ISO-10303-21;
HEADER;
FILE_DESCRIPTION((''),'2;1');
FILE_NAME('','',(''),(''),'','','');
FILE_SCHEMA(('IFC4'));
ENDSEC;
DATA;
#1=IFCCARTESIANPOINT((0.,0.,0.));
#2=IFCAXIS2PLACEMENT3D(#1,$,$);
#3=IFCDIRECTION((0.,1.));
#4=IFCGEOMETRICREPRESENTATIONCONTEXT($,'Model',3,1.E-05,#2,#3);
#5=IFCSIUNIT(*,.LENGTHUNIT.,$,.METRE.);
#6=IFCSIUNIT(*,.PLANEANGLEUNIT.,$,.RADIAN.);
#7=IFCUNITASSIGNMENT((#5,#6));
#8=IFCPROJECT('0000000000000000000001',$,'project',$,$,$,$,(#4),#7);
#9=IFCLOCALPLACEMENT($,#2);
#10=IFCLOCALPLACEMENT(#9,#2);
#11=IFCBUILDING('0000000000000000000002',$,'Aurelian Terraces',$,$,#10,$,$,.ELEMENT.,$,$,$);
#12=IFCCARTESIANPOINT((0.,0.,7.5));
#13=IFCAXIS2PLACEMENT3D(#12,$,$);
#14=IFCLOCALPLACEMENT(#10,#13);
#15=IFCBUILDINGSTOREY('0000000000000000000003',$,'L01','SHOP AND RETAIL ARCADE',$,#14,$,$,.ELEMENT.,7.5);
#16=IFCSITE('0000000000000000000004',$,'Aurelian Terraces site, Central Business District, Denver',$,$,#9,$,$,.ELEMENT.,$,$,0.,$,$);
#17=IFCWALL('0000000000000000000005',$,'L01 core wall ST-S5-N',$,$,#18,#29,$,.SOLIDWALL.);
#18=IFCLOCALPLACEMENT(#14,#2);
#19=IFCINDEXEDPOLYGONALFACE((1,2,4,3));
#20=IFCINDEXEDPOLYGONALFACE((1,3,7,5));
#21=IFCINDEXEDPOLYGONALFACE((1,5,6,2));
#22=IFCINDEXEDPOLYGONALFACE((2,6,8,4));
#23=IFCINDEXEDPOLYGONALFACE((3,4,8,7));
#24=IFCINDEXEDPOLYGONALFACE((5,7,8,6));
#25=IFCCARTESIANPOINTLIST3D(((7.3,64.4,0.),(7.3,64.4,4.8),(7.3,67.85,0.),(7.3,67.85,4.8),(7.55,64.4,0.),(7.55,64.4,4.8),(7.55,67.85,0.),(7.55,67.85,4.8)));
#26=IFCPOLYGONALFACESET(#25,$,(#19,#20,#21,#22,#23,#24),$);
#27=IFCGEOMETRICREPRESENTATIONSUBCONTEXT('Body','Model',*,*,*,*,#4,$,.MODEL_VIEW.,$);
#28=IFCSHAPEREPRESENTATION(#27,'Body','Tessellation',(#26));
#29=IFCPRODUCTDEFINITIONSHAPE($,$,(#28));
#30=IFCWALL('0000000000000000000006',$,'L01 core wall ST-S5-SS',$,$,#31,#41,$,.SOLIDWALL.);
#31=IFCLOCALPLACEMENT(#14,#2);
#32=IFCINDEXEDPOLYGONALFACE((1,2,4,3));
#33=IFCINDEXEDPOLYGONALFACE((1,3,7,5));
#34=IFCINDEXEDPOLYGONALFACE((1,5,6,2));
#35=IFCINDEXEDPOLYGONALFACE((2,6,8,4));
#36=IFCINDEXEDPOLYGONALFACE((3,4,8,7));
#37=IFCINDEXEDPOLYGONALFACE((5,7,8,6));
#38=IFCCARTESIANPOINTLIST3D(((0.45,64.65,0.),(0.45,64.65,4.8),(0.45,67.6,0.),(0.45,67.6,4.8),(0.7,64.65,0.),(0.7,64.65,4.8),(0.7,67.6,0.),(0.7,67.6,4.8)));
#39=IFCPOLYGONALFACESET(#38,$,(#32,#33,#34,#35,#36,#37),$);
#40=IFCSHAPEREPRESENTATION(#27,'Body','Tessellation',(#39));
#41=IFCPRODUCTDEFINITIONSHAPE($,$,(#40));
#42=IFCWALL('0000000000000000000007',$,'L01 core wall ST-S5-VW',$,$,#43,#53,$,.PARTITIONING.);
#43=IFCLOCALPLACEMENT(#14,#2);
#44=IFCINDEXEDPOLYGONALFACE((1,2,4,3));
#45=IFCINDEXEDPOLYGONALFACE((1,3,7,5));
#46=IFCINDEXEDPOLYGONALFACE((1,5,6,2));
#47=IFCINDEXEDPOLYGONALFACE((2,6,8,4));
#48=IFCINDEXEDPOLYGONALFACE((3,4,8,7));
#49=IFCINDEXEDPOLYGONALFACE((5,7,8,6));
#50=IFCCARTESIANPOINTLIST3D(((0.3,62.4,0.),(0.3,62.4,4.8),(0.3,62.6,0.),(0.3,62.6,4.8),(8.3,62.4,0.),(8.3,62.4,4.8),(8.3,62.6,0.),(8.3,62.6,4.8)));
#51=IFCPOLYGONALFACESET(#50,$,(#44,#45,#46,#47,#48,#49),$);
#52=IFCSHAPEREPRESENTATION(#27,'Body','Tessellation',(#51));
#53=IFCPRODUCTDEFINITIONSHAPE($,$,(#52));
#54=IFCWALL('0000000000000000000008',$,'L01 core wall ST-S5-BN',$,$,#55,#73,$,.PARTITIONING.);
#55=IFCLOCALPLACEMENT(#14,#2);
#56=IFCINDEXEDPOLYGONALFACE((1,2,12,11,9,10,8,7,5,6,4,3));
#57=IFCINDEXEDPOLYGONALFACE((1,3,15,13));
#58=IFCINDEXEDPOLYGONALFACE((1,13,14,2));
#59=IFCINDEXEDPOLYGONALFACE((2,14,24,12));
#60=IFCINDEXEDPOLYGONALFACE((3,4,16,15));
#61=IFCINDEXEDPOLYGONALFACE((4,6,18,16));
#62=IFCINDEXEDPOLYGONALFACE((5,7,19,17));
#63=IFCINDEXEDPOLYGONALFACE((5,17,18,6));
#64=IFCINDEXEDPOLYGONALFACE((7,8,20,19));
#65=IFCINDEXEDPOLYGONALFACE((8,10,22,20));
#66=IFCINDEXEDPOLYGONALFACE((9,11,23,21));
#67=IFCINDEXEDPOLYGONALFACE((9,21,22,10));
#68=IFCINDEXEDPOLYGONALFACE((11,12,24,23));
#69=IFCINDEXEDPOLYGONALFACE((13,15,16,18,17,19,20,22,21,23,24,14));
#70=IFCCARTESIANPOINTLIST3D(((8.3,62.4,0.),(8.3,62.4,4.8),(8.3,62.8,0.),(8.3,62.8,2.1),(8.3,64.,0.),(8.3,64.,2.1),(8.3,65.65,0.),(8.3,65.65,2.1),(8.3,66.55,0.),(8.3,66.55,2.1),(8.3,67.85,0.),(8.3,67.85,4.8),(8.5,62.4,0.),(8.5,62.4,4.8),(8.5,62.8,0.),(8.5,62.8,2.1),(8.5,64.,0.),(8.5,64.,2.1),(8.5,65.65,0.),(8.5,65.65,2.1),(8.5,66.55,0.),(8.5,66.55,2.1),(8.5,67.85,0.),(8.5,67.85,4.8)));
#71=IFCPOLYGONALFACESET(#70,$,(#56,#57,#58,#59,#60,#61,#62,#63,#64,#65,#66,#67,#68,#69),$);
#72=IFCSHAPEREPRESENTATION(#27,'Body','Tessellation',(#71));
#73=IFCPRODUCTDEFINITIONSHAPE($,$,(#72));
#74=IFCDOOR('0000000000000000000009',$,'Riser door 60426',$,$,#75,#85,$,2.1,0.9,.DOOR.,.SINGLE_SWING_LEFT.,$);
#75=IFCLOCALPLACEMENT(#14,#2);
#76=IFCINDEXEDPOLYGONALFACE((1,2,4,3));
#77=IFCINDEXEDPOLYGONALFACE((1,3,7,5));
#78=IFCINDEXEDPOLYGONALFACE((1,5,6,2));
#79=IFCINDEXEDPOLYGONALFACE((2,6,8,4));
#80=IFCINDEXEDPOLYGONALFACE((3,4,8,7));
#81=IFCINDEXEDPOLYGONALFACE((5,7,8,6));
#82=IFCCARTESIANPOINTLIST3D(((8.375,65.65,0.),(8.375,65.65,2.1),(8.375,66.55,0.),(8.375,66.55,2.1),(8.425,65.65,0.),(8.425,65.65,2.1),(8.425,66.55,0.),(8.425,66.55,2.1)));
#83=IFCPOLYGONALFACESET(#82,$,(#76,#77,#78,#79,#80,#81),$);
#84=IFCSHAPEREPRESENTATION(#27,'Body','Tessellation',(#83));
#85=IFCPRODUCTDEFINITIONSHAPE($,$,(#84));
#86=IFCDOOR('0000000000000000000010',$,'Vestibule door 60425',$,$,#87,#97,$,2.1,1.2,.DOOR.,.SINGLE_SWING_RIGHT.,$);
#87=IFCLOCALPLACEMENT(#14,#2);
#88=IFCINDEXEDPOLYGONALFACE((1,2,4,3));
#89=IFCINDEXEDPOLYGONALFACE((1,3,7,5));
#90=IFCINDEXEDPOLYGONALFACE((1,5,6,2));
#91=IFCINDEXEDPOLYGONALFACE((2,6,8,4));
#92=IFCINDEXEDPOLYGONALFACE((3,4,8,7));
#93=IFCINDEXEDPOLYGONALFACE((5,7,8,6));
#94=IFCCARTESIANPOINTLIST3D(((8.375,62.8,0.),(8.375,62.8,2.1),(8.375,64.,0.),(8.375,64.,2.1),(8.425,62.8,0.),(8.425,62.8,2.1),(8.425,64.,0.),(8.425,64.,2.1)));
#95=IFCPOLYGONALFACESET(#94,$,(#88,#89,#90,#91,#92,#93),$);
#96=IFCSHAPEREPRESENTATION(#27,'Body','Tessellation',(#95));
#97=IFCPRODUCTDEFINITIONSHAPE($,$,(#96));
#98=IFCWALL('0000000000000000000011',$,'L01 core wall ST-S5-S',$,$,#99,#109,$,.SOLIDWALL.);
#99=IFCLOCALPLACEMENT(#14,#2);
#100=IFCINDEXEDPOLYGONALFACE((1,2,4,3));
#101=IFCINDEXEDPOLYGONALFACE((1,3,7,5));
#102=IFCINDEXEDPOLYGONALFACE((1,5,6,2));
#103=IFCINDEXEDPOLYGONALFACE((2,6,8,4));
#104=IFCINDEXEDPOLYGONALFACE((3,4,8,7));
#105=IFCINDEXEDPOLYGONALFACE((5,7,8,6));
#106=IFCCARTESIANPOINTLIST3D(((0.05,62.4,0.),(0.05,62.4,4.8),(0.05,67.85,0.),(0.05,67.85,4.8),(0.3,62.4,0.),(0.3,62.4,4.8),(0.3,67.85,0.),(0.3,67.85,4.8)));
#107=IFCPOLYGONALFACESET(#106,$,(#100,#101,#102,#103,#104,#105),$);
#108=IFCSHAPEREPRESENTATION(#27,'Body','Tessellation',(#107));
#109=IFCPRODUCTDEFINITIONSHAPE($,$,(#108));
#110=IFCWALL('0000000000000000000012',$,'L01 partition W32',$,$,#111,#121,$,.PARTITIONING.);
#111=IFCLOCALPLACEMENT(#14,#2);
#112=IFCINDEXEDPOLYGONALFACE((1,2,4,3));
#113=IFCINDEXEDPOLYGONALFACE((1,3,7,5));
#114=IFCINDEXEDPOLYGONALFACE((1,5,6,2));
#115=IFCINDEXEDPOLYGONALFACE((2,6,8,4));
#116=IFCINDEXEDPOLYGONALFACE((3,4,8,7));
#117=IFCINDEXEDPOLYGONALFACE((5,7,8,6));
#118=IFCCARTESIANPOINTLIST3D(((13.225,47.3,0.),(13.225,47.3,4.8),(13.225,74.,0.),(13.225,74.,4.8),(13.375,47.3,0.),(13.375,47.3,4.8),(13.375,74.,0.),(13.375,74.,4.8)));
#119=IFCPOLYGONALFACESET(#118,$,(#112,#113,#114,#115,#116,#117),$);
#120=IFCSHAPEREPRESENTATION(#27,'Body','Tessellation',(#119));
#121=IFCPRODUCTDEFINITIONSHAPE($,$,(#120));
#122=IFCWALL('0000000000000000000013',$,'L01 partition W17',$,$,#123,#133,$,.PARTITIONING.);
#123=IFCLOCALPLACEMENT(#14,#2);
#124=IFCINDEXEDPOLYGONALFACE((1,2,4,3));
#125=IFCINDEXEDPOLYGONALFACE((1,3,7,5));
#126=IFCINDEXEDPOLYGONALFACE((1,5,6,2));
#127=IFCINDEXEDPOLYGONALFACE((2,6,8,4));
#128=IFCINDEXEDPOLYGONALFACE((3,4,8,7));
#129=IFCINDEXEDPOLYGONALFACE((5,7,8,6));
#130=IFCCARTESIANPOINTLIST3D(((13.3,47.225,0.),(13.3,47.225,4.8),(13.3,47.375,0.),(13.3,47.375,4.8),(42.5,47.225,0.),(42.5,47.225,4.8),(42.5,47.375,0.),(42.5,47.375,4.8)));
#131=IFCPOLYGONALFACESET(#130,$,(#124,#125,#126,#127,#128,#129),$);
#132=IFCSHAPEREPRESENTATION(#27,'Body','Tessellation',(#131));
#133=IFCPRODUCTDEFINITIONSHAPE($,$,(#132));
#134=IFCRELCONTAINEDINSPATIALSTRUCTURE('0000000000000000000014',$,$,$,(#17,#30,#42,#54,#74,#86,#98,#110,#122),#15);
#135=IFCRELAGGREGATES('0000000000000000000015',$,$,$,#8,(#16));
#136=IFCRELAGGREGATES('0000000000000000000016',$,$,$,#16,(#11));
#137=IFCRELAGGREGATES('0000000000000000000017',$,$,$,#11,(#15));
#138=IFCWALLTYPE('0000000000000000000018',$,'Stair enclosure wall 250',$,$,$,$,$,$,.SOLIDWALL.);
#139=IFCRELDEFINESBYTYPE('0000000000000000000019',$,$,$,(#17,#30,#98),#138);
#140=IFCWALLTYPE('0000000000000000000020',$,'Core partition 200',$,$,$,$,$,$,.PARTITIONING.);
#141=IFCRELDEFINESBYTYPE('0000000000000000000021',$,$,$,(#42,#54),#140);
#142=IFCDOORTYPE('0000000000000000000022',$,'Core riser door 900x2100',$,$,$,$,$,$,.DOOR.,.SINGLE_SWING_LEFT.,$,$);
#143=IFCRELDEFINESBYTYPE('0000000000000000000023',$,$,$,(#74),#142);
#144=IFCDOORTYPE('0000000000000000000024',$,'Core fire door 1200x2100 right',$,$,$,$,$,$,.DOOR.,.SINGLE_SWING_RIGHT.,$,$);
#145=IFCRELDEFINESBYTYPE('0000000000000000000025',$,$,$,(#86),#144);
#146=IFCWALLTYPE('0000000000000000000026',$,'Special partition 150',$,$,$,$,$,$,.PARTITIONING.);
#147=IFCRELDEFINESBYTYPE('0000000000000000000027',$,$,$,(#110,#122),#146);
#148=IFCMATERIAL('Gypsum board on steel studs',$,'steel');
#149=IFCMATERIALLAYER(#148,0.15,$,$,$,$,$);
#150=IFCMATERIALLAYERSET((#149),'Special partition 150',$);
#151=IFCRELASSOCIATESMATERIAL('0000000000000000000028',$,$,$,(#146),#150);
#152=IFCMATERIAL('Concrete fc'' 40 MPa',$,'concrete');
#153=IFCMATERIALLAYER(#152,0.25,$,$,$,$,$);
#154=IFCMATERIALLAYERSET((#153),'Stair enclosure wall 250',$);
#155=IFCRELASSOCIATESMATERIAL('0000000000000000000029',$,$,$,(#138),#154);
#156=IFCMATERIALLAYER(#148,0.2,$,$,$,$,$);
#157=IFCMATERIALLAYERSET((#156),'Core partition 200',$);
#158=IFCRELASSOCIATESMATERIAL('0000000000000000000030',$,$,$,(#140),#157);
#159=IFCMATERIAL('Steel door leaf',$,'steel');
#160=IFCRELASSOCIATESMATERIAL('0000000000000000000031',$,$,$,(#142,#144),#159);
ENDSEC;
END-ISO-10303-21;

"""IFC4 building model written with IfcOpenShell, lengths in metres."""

from ifc_helpers import new_model, si_unit, direction, frame, frame_2d, origin, place, context, subcontext, project, spatial, rectangle, extrude, source, transform, mapped, material, layer, layer_set, type_object, element, fill, save


model = new_model("IFC4")

# Units and contexts
model_context = context("Model", 3, precision=1e-05, world=origin(), true_north=direction((0.0, 1.0)))
body_context = subcontext(model_context, "Body", "Model", "MODEL_VIEW")
ifc_project = project(units=[si_unit("LENGTHUNIT", "METRE"), si_unit("PLANEANGLEUNIT", "RADIAN")], contexts=[model_context])

# Site, building, storey
site_placement = place(None, origin())
site = spatial("IfcSite", under=ifc_project, at=site_placement, Name="Aurelian Terraces site, Central Business District, Denver", CompositionType="ELEMENT", RefElevation=0.0)
building_placement = place(site_placement, origin())
building = spatial("IfcBuilding", under=site, at=building_placement, Name="Aurelian Terraces", CompositionType="ELEMENT")
storey_placement = place(building_placement, frame((0.0, 0.0, 7.5)))
storey = spatial("IfcBuildingStorey", under=building, at=storey_placement, Name="L01", Description="SHOP AND RETAIL ARCADE", CompositionType="ELEMENT", Elevation=7.5)

# Shared definitions
ifc_material_1 = material(Name="Gypsum board on steel studs", Category="steel")
ifc_layer_1 = layer(ifc_material_1, 0.15)
ifc_layer_set_1 = layer_set([ifc_layer_1], Name="Special partition 150")
wall_type_1 = type_object("IfcWallType", Name="Special partition 150", PredefinedType="PARTITIONING", material=ifc_layer_set_1)
ifc_material_2 = material(Name="Concrete fc' 40 MPa", Category="concrete")
ifc_layer_2 = layer(ifc_material_2, 0.25)
ifc_layer_set_2 = layer_set([ifc_layer_2], Name="Stair enclosure wall 250")
wall_type_2 = type_object("IfcWallType", Name="Stair enclosure wall 250", PredefinedType="SOLIDWALL", material=ifc_layer_set_2)
ifc_material_3 = material(Name="Steel door leaf", Category="steel")

# Walls
shared_shape_1 = source(origin(), body_context, "Body", "SweptSolid", [
    extrude(rectangle(XDim=3.45, YDim=0.25, at=frame_2d((1.725, 0.0))), origin(), (0.0, 0.0, 1.0), 4.8),
])
wall_1_placement = place(storey_placement, frame((7.425, 64.4, 0.0), z_axis=(0.0, 0.0, 1.0), x_axis=(0.0, 1.0, 0.0)))
element("IfcWall", 1, at=wall_1_placement, inside=storey, type_object=wall_type_2, Name="L01 core wall ST-S5-N", PredefinedType="SOLIDWALL", context=body_context, shape_type="MappedRepresentation", body=[
    mapped(shared_shape_1, transform((0.0, 0.0, 0.0), scale=1.0)),
])
shared_shape_2 = source(origin(), body_context, "Body", "SweptSolid", [
    extrude(rectangle(XDim=2.95, YDim=0.25, at=frame_2d((1.475, 0.0))), origin(), (0.0, 0.0, 1.0), 4.8),
])
wall_2_placement = place(storey_placement, frame((0.575, 64.65, 0.0), z_axis=(0.0, 0.0, 1.0), x_axis=(0.0, 1.0, 0.0)))
element("IfcWall", 2, at=wall_2_placement, inside=storey, type_object=wall_type_2, Name="L01 core wall ST-S5-SS", PredefinedType="SOLIDWALL", context=body_context, shape_type="MappedRepresentation", body=[
    mapped(shared_shape_2, transform((0.0, 0.0, 0.0), scale=1.0)),
])
ifc_layer_3 = layer(ifc_material_1, 0.2)
ifc_layer_set_3 = layer_set([ifc_layer_3], Name="Core partition 200")
wall_type_3 = type_object("IfcWallType", Name="Core partition 200", PredefinedType="PARTITIONING", material=ifc_layer_set_3)
shared_shape_3 = source(origin(), body_context, "Body", "SweptSolid", [
    extrude(rectangle(XDim=8.0, YDim=0.2, at=frame_2d((4.0, 0.0))), origin(), (0.0, 0.0, 1.0), 4.8),
])
wall_3_placement = place(storey_placement, frame((0.3, 62.5, 0.0), z_axis=(0.0, 0.0, 1.0), x_axis=(1.0, 0.0, 0.0)))
element("IfcWall", 3, at=wall_3_placement, inside=storey, type_object=wall_type_3, Name="L01 core wall ST-S5-VW", PredefinedType="PARTITIONING", context=body_context, shape_type="MappedRepresentation", body=[
    mapped(shared_shape_3, transform((0.0, 0.0, 0.0), scale=1.0)),
])

# Wall, openings, doors
shared_shape_4 = source(origin(), body_context, "Body", "SweptSolid", [
    extrude(rectangle(XDim=5.45, YDim=0.2, at=frame_2d((2.725, 0.0))), origin(), (0.0, 0.0, 1.0), 4.8),
])
wall_4_placement = place(storey_placement, frame((8.4, 62.4, 0.0), z_axis=(0.0, 0.0, 1.0), x_axis=(0.0, 1.0, 0.0)))
wall_4 = element("IfcWall", 4, at=wall_4_placement, inside=storey, type_object=wall_type_3, Name="L01 core wall ST-S5-BN", PredefinedType="PARTITIONING", context=body_context, shape_type="MappedRepresentation", body=[
    mapped(shared_shape_4, transform((0.0, 0.0, 0.0), scale=1.0)),
])
shared_shape_5 = source(origin(), body_context, "Body", "SweptSolid", [
    extrude(rectangle(XDim=1.2, YDim=2.1, at=frame_2d((0.6, 1.05))), frame((0.0, 0.11, 0.0), z_axis=(0.0, -1.0, 0.0), x_axis=(1.0, 0.0, 0.0)), (0.0, 0.0, 1.0), 0.22),
])
opening_1_placement = place(wall_4_placement, frame((0.4, 0.0, 0.0)))
opening_1 = element("IfcOpeningElement", 5, at=opening_1_placement, cuts=wall_4, PredefinedType="OPENING", context=body_context, shape_type="MappedRepresentation", body=[
    mapped(shared_shape_5, transform((0.0, 0.0, 0.0), scale=1.0)),
])
shared_shape_6 = source(origin(), body_context, "Body", "SweptSolid", [
    extrude(rectangle(XDim=0.9, YDim=2.1, at=frame_2d((0.45, 1.05))), frame((0.0, 0.11, 0.0), z_axis=(0.0, -1.0, 0.0), x_axis=(1.0, 0.0, 0.0)), (0.0, 0.0, 1.0), 0.22),
])
opening_2_placement = place(wall_4_placement, frame((3.25, 0.0, 0.0)))
opening_2 = element("IfcOpeningElement", 6, at=opening_2_placement, cuts=wall_4, PredefinedType="OPENING", context=body_context, shape_type="MappedRepresentation", body=[
    mapped(shared_shape_6, transform((0.0, 0.0, 0.0), scale=1.0)),
])
door_type_1 = type_object("IfcDoorType", Name="Core riser door 900x2100", OperationType="SINGLE_SWING_LEFT", PredefinedType="DOOR", material=ifc_material_3)
shared_shape_7 = source(origin(), body_context, "Body", "SweptSolid", [
    extrude(rectangle(XDim=0.9, YDim=2.1, at=frame_2d((0.45, 1.05))), frame((0.0, 0.025, 0.0), z_axis=(0.0, -1.0, 0.0), x_axis=(1.0, 0.0, 0.0)), (0.0, 0.0, 1.0), 0.05),
])
door_1_placement = place(opening_2_placement, origin())
door_1 = element("IfcDoor", 7, at=door_1_placement, inside=storey, type_object=door_type_1, Name="Riser door 60426", OperationType="SINGLE_SWING_LEFT", OverallHeight=2.1, OverallWidth=0.9, PredefinedType="DOOR", context=body_context, shape_type="MappedRepresentation", body=[
    mapped(shared_shape_7, transform((0.0, 0.0, 0.0), scale=1.0)),
])
fill(opening_2, door_1)
door_type_2 = type_object("IfcDoorType", Name="Core fire door 1200x2100 right", OperationType="SINGLE_SWING_RIGHT", PredefinedType="DOOR", material=ifc_material_3)
shared_shape_8 = source(origin(), body_context, "Body", "SweptSolid", [
    extrude(rectangle(XDim=1.2, YDim=2.1, at=frame_2d((0.6, 1.05))), frame((0.0, 0.025, 0.0), z_axis=(0.0, -1.0, 0.0), x_axis=(1.0, 0.0, 0.0)), (0.0, 0.0, 1.0), 0.05),
])
door_2_placement = place(opening_1_placement, origin())
door_2 = element("IfcDoor", 8, at=door_2_placement, inside=storey, type_object=door_type_2, Name="Vestibule door 60425", OperationType="SINGLE_SWING_RIGHT", OverallHeight=2.1, OverallWidth=1.2, PredefinedType="DOOR", context=body_context, shape_type="MappedRepresentation", body=[
    mapped(shared_shape_8, transform((0.0, 0.0, 0.0), scale=1.0)),
])
fill(opening_1, door_2)

# Walls
shared_shape_9 = source(origin(), body_context, "Body", "SweptSolid", [
    extrude(rectangle(XDim=5.45, YDim=0.25, at=frame_2d((2.725, 0.0))), origin(), (0.0, 0.0, 1.0), 4.8),
])
wall_5_placement = place(storey_placement, frame((0.175, 62.4, 0.0), z_axis=(0.0, 0.0, 1.0), x_axis=(0.0, 1.0, 0.0)))
element("IfcWall", 9, at=wall_5_placement, inside=storey, type_object=wall_type_2, Name="L01 core wall ST-S5-S", PredefinedType="SOLIDWALL", context=body_context, shape_type="MappedRepresentation", body=[
    mapped(shared_shape_9, transform((0.0, 0.0, 0.0), scale=1.0)),
])
shared_shape_10 = source(origin(), body_context, "Body", "SweptSolid", [
    extrude(rectangle(XDim=26.7, YDim=0.15, at=frame_2d((13.35, 0.0))), origin(), (0.0, 0.0, 1.0), 4.8),
])
wall_6_placement = place(storey_placement, frame((13.3, 47.3, 0.0), z_axis=(0.0, 0.0, 1.0), x_axis=(0.0, 1.0, 0.0)))
element("IfcWall", 10, at=wall_6_placement, inside=storey, type_object=wall_type_1, Name="L01 partition W32", PredefinedType="PARTITIONING", context=body_context, shape_type="MappedRepresentation", body=[
    mapped(shared_shape_10, transform((0.0, 0.0, 0.0), scale=1.0)),
])
shared_shape_11 = source(origin(), body_context, "Body", "SweptSolid", [
    extrude(rectangle(XDim=29.2, YDim=0.15, at=frame_2d((14.6, 0.0))), origin(), (0.0, 0.0, 1.0), 4.8),
])
wall_7_placement = place(storey_placement, frame((13.3, 47.3, 0.0), z_axis=(0.0, 0.0, 1.0), x_axis=(1.0, 0.0, 0.0)))
element("IfcWall", 11, at=wall_7_placement, inside=storey, type_object=wall_type_1, Name="L01 partition W17", PredefinedType="PARTITIONING", context=body_context, shape_type="MappedRepresentation", body=[
    mapped(shared_shape_11, transform((0.0, 0.0, 0.0), scale=1.0)),
])

save(model, "model.ifc")
